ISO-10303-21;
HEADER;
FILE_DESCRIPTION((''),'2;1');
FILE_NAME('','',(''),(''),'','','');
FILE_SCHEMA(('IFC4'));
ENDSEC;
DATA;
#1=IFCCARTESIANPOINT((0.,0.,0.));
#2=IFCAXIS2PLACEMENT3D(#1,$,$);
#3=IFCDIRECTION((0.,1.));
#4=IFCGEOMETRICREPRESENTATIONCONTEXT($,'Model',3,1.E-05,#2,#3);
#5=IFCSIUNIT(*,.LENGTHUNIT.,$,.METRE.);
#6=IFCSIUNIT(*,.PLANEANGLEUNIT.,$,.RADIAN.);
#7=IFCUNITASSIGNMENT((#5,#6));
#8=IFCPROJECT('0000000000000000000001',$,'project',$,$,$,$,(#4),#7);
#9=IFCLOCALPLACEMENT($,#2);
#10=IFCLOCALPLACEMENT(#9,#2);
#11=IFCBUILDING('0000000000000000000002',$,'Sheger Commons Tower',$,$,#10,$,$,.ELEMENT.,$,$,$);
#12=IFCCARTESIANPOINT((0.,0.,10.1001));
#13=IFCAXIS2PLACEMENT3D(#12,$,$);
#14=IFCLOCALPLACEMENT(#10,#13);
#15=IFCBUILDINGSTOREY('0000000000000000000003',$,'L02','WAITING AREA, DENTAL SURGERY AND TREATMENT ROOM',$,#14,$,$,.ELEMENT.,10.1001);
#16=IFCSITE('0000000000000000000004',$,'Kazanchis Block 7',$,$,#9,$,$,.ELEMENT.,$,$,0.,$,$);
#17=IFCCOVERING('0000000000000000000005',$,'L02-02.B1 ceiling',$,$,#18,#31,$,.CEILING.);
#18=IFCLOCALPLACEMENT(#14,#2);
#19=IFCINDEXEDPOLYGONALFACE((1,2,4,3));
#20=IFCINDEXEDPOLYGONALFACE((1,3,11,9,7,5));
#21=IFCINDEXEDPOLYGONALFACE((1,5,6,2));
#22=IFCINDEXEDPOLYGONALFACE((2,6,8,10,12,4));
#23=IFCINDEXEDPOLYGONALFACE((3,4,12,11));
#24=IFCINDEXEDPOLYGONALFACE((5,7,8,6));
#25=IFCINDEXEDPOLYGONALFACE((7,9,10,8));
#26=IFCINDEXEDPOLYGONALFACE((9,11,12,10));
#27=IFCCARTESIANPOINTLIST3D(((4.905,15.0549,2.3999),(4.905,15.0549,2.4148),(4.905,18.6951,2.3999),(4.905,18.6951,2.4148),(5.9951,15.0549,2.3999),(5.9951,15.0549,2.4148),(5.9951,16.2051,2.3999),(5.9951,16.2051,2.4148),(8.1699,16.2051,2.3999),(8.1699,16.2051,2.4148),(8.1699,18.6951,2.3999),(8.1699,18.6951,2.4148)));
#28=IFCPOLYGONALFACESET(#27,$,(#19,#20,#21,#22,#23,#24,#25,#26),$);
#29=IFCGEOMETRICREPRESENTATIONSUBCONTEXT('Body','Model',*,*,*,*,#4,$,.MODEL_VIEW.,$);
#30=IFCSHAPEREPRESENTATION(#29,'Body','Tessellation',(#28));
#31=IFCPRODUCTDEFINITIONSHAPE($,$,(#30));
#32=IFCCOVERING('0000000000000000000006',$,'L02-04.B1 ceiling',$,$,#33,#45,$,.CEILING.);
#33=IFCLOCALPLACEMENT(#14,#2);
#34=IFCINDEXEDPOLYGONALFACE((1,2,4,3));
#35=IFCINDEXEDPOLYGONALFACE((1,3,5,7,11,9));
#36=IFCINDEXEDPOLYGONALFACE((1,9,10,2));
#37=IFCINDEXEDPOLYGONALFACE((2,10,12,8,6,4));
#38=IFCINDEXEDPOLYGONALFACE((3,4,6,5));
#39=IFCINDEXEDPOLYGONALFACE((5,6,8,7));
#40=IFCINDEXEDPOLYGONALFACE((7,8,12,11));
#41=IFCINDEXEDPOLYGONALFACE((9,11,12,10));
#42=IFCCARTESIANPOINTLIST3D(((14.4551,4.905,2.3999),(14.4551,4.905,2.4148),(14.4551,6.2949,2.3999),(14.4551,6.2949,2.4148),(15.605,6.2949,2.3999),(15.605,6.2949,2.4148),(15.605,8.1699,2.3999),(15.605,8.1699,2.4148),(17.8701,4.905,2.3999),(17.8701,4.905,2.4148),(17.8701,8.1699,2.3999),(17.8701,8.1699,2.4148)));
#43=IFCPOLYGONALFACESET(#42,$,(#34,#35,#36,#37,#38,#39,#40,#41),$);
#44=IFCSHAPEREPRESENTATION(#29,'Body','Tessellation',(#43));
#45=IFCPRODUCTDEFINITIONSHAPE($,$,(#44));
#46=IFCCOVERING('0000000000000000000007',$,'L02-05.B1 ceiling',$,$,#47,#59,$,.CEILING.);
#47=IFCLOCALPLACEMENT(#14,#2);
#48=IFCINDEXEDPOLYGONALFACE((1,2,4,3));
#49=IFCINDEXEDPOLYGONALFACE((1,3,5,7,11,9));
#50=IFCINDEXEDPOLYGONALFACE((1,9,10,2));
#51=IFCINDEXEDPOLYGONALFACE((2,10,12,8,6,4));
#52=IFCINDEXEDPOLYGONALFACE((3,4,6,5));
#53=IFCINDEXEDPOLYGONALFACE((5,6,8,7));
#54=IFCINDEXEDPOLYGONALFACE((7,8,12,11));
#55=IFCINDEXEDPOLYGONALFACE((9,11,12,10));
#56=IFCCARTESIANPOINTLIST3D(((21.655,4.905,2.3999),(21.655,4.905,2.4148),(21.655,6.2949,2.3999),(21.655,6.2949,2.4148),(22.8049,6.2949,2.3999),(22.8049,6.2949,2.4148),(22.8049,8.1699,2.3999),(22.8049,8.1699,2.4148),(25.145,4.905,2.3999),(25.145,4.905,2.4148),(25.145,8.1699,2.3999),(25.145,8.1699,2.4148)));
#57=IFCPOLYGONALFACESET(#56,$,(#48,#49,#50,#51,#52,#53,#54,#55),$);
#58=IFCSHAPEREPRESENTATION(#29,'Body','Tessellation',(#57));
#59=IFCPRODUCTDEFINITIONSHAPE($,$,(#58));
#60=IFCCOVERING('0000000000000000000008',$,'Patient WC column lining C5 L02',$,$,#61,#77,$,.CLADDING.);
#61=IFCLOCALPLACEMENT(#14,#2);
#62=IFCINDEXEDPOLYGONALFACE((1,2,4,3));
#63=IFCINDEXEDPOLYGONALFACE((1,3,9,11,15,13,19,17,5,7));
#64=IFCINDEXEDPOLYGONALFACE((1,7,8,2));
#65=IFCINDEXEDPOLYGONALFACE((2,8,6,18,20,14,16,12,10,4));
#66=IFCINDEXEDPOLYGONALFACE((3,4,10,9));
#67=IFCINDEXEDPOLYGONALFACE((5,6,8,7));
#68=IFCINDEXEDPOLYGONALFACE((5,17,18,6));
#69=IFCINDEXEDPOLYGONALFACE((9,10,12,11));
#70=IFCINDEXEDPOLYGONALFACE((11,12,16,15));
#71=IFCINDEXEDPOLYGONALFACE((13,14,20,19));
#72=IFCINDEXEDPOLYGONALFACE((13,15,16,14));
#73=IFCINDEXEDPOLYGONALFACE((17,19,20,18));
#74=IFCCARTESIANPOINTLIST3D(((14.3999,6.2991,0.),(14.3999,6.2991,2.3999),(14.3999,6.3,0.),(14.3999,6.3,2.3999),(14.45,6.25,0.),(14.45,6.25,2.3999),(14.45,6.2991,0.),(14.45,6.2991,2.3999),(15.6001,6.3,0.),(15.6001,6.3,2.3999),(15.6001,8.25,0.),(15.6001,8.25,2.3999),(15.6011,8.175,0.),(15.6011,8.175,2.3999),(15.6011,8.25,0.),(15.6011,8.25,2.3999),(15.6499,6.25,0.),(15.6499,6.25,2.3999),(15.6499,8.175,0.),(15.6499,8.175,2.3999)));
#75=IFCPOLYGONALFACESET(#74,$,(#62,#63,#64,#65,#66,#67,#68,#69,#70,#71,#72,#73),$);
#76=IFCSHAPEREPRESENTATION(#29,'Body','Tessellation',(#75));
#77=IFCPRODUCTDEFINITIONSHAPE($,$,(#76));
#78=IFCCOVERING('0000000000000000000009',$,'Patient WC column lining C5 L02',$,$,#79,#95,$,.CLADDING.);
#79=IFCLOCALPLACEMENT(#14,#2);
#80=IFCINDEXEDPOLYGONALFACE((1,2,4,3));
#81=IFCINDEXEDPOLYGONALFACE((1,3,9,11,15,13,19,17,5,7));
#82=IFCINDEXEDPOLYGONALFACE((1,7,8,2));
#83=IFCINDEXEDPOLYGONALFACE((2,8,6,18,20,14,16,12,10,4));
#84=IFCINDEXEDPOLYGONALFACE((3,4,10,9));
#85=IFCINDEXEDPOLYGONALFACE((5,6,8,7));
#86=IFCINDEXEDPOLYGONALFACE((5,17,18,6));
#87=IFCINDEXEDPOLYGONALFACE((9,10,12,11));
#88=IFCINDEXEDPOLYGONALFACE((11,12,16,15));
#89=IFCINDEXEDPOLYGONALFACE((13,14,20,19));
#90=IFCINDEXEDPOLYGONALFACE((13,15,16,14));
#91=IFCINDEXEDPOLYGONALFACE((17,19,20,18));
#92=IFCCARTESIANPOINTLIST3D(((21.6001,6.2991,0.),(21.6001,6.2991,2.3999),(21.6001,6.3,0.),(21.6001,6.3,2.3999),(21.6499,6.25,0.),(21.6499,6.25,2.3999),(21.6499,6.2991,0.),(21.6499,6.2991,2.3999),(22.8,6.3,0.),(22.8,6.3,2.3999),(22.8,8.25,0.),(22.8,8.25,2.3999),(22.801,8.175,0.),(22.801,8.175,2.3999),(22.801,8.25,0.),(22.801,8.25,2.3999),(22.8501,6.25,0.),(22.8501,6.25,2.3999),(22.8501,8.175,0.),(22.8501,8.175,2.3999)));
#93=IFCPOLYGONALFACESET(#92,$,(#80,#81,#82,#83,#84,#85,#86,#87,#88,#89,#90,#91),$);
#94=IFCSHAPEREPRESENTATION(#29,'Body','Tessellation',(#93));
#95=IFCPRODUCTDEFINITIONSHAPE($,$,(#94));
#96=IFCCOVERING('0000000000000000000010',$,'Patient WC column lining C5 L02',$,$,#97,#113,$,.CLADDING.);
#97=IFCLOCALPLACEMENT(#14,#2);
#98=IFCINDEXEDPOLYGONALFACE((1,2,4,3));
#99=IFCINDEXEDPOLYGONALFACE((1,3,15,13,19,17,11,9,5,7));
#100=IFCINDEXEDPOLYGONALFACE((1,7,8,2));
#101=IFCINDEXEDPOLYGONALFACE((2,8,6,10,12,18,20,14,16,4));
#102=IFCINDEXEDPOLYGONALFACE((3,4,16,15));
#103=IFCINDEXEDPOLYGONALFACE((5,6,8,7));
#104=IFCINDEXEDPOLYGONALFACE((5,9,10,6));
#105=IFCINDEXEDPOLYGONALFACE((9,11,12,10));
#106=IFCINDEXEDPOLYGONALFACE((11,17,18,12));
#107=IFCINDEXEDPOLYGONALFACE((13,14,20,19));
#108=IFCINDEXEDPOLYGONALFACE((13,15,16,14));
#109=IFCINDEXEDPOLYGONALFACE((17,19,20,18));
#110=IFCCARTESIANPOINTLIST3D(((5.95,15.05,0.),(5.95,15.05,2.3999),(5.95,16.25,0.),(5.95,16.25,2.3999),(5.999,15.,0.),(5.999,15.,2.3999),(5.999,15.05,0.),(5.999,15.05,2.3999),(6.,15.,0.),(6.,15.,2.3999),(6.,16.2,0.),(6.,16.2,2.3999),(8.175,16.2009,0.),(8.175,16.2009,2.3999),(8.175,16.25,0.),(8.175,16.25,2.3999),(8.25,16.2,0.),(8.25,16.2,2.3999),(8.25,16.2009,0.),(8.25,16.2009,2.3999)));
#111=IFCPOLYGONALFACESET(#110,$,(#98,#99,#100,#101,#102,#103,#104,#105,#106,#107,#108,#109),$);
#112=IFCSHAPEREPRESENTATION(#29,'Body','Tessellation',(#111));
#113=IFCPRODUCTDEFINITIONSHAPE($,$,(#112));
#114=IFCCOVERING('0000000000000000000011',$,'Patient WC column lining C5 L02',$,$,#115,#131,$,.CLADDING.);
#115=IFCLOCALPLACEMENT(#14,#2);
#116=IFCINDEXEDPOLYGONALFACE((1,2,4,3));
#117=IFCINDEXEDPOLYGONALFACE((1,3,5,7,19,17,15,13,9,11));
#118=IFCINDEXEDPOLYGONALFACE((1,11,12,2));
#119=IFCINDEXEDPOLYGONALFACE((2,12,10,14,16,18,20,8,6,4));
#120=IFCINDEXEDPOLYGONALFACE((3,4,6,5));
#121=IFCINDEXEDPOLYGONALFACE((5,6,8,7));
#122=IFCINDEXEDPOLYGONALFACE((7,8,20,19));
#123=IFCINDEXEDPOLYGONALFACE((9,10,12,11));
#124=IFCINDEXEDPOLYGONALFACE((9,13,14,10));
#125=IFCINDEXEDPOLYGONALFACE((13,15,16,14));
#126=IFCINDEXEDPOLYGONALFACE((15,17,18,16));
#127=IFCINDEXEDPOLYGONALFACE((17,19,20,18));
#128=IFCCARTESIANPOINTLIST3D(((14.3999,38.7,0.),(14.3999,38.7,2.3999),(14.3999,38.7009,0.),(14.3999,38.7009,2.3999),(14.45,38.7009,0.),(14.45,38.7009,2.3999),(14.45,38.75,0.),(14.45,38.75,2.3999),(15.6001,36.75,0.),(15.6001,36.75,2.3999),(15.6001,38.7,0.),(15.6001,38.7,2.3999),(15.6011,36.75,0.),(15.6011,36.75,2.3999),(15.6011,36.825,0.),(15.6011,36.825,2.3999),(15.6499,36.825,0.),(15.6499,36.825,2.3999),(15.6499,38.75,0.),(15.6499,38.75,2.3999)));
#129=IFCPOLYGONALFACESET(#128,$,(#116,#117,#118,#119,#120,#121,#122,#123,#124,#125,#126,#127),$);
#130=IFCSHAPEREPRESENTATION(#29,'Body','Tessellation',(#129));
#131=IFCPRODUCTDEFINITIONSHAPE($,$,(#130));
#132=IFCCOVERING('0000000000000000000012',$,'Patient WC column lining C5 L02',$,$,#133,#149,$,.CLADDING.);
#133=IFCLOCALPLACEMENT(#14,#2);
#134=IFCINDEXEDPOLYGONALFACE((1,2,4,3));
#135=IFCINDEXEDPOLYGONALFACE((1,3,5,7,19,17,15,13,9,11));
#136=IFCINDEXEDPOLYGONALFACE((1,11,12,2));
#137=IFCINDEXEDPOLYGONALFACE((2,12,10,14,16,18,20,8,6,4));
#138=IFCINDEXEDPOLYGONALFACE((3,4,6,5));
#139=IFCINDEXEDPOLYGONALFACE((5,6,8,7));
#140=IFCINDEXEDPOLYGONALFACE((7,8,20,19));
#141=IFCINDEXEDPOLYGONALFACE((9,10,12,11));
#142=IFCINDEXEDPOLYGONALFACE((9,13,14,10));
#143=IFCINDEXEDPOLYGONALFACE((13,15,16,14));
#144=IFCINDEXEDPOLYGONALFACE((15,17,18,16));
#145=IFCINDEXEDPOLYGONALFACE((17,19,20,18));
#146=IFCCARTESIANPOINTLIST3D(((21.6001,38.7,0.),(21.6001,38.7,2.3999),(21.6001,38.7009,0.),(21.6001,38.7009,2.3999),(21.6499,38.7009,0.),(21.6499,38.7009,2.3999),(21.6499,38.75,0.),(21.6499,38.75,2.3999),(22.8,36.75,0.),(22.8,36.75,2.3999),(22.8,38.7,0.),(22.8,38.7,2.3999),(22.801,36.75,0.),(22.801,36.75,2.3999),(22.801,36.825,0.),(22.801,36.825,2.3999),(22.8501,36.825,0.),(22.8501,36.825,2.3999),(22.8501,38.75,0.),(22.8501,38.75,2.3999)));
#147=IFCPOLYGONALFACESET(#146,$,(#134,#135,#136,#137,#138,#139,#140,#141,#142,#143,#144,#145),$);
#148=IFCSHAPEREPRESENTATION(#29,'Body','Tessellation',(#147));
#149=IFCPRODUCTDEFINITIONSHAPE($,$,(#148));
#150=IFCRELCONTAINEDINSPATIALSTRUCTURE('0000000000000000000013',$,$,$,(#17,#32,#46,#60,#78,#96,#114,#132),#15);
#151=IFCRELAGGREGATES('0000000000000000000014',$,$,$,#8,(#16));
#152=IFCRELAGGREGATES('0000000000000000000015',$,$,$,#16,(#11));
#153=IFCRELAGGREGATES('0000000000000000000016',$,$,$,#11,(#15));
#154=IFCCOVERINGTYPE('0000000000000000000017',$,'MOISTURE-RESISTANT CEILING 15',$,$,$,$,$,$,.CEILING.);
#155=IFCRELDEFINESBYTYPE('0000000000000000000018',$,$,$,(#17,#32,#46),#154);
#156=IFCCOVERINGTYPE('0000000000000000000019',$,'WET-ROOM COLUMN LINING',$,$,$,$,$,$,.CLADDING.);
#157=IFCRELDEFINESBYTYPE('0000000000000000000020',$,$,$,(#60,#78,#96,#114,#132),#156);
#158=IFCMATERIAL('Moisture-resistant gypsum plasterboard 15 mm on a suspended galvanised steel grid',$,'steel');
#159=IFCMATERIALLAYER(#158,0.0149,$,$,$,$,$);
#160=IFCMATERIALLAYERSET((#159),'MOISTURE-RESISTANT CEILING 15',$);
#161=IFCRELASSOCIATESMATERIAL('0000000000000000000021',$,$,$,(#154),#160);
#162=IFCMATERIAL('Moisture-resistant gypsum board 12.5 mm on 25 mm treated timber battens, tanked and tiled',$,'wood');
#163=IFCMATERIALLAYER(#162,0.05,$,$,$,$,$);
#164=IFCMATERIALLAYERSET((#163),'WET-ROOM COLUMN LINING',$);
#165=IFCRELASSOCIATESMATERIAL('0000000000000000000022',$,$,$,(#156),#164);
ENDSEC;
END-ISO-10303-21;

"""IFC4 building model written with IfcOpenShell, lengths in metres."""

from ifc_helpers import new_model, si_unit, direction, frame, origin, place, context, subcontext, project, spatial, polyline, outline, extrude, material, layer, layer_set, type_object, element, save


model = new_model("IFC4")

# Units and contexts
model_context = context("Model", 3, precision=1e-05, world=origin(), true_north=direction((0.0, 1.0)))
body_context = subcontext(model_context, "Body", "Model", "MODEL_VIEW")
ifc_project = project(units=[si_unit("LENGTHUNIT", "METRE"), si_unit("PLANEANGLEUNIT", "RADIAN")], contexts=[model_context])

# Site, building, storey
site_placement = place(None, origin())
site = spatial("IfcSite", under=ifc_project, at=site_placement, Name="Kazanchis Block 7", CompositionType="ELEMENT", RefElevation=0.0)
building_placement = place(site_placement, origin())
building = spatial("IfcBuilding", under=site, at=building_placement, Name="Sheger Commons Tower", CompositionType="ELEMENT")
storey_placement = place(building_placement, frame((0.0, 0.0, 10.1001)))
storey = spatial("IfcBuildingStorey", under=building, at=storey_placement, Name="L02", Description="WAITING AREA, DENTAL SURGERY AND TREATMENT ROOM", CompositionType="ELEMENT", Elevation=10.1001)

# Coverings
ifc_material_1 = material(Name="Moisture-resistant gypsum plasterboard 15 mm on a suspended galvanised steel grid", Category="steel")
ifc_layer_1 = layer(ifc_material_1, 0.0149)
ifc_layer_set_1 = layer_set([ifc_layer_1], Name="MOISTURE-RESISTANT CEILING 15")
covering_type_1 = type_object("IfcCoveringType", Name="MOISTURE-RESISTANT CEILING 15", PredefinedType="CEILING", material=ifc_layer_set_1)
covering_1_placement = place(storey_placement, frame((0.0, 0.0, 2.3999)))
element("IfcCovering", 1, at=covering_1_placement, inside=storey, type_object=covering_type_1, Name="L02-02.B1 ceiling", PredefinedType="CEILING", context=body_context, shape_type="SweptSolid", body=[
    extrude(outline(polyline([(4.905, 15.0549), (5.9951, 15.0549), (5.9951, 16.2051), (8.1699, 16.2051), (8.1699, 18.6951), (4.905, 18.6951), (4.905, 15.0549)])), origin(), (0.0, 0.0, 1.0), 0.0149),
])
covering_2_placement = place(storey_placement, frame((0.0, 0.0, 2.3999)))
element("IfcCovering", 2, at=covering_2_placement, inside=storey, type_object=covering_type_1, Name="L02-04.B1 ceiling", PredefinedType="CEILING", context=body_context, shape_type="SweptSolid", body=[
    extrude(outline(polyline([(14.4551, 4.905), (17.8701, 4.905), (17.8701, 8.1699), (15.605, 8.1699), (15.605, 6.2949), (14.4551, 6.2949), (14.4551, 4.905)])), origin(), (0.0, 0.0, 1.0), 0.0149),
])
covering_3_placement = place(storey_placement, frame((0.0, 0.0, 2.3999)))
element("IfcCovering", 3, at=covering_3_placement, inside=storey, type_object=covering_type_1, Name="L02-05.B1 ceiling", PredefinedType="CEILING", context=body_context, shape_type="SweptSolid", body=[
    extrude(outline(polyline([(21.655, 4.905), (25.145, 4.905), (25.145, 8.1699), (22.8049, 8.1699), (22.8049, 6.2949), (21.655, 6.2949), (21.655, 4.905)])), origin(), (0.0, 0.0, 1.0), 0.0149),
])
ifc_material_2 = material(Name="Moisture-resistant gypsum board 12.5 mm on 25 mm treated timber battens, tanked and tiled", Category="wood")
ifc_layer_2 = layer(ifc_material_2, 0.05)
ifc_layer_set_2 = layer_set([ifc_layer_2], Name="WET-ROOM COLUMN LINING")
covering_type_2 = type_object("IfcCoveringType", Name="WET-ROOM COLUMN LINING", PredefinedType="CLADDING", material=ifc_layer_set_2)
covering_4_placement = place(storey_placement, origin())
element("IfcCovering", 4, at=covering_4_placement, inside=storey, type_object=covering_type_2, Name="Patient WC column lining C5 L02", PredefinedType="CLADDING", context=body_context, shape_type="SweptSolid", body=[
    extrude(outline(polyline([(14.45, 6.25), (14.45, 6.2991), (14.3999, 6.2991), (14.3999, 6.3), (15.6001, 6.3), (15.6001, 8.25), (15.6011, 8.25), (15.6011, 8.175), (15.6499, 8.175), (15.6499, 6.25), (14.45, 6.25)])), origin(), (0.0, 0.0, 1.0), 2.3999),
])
covering_5_placement = place(storey_placement, origin())
element("IfcCovering", 5, at=covering_5_placement, inside=storey, type_object=covering_type_2, Name="Patient WC column lining C5 L02", PredefinedType="CLADDING", context=body_context, shape_type="SweptSolid", body=[
    extrude(outline(polyline([(21.6499, 6.25), (21.6499, 6.2991), (21.6001, 6.2991), (21.6001, 6.3), (22.8, 6.3), (22.8, 8.25), (22.801, 8.25), (22.801, 8.175), (22.8501, 8.175), (22.8501, 6.25), (21.6499, 6.25)])), origin(), (0.0, 0.0, 1.0), 2.3999),
])
covering_6_placement = place(storey_placement, origin())
element("IfcCovering", 6, at=covering_6_placement, inside=storey, type_object=covering_type_2, Name="Patient WC column lining C5 L02", PredefinedType="CLADDING", context=body_context, shape_type="SweptSolid", body=[
    extrude(outline(polyline([(8.175, 16.25), (8.175, 16.2009), (8.25, 16.2009), (8.25, 16.2), (6.0, 16.2), (6.0, 15.0), (5.999, 15.0), (5.999, 15.05), (5.95, 15.05), (5.95, 16.25), (8.175, 16.25)])), origin(), (0.0, 0.0, 1.0), 2.3999),
])
covering_7_placement = place(storey_placement, origin())
element("IfcCovering", 7, at=covering_7_placement, inside=storey, type_object=covering_type_2, Name="Patient WC column lining C5 L02", PredefinedType="CLADDING", context=body_context, shape_type="SweptSolid", body=[
    extrude(outline(polyline([(15.6499, 36.825), (15.6011, 36.825), (15.6011, 36.75), (15.6001, 36.75), (15.6001, 38.7), (14.3999, 38.7), (14.3999, 38.7009), (14.45, 38.7009), (14.45, 38.75), (15.6499, 38.75), (15.6499, 36.825)])), origin(), (0.0, 0.0, 1.0), 2.3999),
])
covering_8_placement = place(storey_placement, origin())
element("IfcCovering", 8, at=covering_8_placement, inside=storey, type_object=covering_type_2, Name="Patient WC column lining C5 L02", PredefinedType="CLADDING", context=body_context, shape_type="SweptSolid", body=[
    extrude(outline(polyline([(22.8501, 36.825), (22.801, 36.825), (22.801, 36.75), (22.8, 36.75), (22.8, 38.7), (21.6001, 38.7), (21.6001, 38.7009), (21.6499, 38.7009), (21.6499, 38.75), (22.8501, 38.75), (22.8501, 36.825)])), origin(), (0.0, 0.0, 1.0), 2.3999),
])

save(model, "model.ifc")
